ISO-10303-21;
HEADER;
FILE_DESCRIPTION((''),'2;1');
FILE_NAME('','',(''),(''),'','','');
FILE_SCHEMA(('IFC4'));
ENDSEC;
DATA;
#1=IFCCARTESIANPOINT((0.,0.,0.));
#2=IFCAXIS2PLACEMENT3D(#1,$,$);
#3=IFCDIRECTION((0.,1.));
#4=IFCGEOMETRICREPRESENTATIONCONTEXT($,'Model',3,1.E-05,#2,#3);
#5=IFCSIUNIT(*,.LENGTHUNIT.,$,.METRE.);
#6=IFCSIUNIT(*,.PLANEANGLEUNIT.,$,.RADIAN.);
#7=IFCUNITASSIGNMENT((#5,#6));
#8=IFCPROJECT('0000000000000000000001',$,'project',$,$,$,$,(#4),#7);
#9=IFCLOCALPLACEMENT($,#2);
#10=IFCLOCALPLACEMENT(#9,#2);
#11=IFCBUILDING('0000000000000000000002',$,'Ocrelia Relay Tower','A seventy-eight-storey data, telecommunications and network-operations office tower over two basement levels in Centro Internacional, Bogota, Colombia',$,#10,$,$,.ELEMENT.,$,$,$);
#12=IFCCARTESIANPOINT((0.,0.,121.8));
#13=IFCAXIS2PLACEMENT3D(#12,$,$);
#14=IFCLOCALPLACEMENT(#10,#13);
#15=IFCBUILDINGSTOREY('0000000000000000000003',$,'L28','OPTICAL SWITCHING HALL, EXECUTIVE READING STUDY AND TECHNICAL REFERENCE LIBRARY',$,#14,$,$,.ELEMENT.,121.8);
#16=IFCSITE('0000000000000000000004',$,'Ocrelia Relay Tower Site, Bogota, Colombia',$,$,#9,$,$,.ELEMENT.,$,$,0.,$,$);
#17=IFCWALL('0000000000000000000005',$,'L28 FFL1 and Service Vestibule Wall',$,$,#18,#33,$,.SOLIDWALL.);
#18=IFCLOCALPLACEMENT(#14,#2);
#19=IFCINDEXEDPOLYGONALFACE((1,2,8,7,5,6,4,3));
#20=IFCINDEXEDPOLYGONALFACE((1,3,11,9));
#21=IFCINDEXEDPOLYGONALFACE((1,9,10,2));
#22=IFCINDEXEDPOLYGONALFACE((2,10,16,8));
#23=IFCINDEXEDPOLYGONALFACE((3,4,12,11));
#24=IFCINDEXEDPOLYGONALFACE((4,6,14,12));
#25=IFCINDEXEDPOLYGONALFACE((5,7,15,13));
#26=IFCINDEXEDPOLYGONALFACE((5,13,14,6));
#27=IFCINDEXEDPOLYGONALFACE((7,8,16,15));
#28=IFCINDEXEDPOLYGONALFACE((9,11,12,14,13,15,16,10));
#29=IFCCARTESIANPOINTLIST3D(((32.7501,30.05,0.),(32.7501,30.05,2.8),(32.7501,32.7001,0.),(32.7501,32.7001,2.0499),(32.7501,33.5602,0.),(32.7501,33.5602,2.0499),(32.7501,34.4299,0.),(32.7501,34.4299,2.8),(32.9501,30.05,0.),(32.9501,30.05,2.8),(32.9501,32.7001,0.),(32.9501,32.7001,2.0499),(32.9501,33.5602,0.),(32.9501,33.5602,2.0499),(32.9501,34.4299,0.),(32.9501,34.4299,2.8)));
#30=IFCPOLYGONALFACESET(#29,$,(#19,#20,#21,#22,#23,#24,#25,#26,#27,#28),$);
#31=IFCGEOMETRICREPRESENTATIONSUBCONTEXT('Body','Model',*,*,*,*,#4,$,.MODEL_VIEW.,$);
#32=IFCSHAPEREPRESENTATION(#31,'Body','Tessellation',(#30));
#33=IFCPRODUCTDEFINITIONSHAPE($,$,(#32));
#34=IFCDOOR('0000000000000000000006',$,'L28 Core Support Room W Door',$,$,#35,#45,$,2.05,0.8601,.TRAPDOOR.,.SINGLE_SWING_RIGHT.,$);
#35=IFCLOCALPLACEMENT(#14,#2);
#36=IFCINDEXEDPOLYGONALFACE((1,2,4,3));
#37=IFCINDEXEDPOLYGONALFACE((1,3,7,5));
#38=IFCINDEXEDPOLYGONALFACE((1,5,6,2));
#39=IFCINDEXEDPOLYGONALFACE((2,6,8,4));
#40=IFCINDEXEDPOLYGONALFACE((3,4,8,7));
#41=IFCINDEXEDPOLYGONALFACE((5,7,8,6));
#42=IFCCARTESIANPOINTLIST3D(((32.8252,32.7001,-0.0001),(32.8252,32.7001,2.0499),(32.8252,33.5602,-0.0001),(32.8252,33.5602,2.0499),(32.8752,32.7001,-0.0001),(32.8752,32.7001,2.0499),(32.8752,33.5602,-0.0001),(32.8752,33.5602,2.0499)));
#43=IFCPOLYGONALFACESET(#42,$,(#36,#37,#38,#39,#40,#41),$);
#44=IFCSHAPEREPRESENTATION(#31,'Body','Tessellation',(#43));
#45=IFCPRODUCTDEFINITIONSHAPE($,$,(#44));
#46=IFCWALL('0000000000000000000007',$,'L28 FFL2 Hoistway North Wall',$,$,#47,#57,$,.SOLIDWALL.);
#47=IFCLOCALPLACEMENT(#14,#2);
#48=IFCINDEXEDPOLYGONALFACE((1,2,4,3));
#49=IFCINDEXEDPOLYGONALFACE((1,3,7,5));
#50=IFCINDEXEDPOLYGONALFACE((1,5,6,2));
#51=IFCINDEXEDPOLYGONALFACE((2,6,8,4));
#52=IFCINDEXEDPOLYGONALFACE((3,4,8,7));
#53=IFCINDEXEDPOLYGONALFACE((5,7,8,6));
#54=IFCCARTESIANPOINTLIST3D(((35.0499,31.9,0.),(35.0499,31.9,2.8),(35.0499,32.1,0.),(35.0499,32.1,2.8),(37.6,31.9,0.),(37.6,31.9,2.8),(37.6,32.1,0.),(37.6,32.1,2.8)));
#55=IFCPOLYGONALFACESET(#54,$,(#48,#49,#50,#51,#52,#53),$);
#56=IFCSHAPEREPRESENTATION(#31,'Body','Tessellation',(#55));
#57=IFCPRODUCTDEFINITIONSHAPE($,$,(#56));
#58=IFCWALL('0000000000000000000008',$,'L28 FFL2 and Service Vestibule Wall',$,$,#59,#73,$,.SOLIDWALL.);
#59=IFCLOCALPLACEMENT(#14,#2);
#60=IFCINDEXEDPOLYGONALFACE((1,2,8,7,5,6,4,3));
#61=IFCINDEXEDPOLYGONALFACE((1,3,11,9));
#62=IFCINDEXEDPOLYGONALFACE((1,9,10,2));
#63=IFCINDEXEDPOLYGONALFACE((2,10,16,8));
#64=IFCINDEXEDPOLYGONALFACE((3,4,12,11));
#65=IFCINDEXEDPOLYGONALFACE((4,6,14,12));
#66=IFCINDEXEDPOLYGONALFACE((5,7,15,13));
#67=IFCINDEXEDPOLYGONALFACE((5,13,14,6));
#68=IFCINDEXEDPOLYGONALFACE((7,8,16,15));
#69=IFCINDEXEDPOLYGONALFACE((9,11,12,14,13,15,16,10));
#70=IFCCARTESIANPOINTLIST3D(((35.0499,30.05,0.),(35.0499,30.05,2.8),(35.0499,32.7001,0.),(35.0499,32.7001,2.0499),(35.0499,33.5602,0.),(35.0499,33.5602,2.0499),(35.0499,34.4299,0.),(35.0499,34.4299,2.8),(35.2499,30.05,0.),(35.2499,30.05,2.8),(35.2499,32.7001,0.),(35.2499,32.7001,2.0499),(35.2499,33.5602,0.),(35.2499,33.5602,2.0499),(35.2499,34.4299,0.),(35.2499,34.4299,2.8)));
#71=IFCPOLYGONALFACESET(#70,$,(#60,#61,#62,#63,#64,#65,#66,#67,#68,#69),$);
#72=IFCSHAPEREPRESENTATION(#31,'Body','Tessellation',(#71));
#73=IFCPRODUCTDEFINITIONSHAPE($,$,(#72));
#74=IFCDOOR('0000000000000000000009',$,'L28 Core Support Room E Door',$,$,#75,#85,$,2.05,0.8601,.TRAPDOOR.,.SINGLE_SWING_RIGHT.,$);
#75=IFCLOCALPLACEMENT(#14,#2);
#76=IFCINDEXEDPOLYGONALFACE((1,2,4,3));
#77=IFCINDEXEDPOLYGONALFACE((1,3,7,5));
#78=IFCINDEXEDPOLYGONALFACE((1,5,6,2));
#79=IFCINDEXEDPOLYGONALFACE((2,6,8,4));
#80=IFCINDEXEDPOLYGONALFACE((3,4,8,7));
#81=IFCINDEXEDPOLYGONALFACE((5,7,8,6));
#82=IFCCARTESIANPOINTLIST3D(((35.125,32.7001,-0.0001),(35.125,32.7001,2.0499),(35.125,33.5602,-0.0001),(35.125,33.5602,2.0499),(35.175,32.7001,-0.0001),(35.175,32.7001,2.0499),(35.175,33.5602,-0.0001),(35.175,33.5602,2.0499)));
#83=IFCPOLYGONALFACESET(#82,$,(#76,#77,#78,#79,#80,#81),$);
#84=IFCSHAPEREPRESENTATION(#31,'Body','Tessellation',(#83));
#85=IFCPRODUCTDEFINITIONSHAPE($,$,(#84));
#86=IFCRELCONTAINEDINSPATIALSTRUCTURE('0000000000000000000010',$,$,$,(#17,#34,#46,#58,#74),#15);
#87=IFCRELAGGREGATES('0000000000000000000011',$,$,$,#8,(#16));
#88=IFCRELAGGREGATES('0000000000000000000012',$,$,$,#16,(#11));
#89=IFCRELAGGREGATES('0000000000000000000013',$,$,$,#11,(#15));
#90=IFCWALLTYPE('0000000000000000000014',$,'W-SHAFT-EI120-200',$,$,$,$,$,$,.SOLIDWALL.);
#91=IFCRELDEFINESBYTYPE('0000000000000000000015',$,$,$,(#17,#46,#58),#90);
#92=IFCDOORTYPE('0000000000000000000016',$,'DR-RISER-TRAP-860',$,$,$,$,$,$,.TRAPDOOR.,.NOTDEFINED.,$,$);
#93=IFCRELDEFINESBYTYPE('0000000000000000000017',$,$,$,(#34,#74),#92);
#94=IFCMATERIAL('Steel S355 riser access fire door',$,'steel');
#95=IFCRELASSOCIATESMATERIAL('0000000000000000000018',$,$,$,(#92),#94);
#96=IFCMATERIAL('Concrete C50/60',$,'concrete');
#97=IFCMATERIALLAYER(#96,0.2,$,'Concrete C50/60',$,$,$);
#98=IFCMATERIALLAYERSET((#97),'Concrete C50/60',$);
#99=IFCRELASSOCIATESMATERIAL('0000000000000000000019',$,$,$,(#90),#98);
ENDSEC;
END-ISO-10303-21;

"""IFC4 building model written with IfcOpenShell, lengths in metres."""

from ifc_helpers import new_model, si_unit, direction, frame, frame_2d, origin, place, context, subcontext, project, spatial, rectangle, extrude, material, layer, layer_set, type_object, element, fill, save


model = new_model("IFC4")

# Units and contexts
model_context = context("Model", 3, precision=1e-05, world=origin(), true_north=direction((0.0, 1.0)))
body_context = subcontext(model_context, "Body", "Model", "MODEL_VIEW")
ifc_project = project(units=[si_unit("LENGTHUNIT", "METRE"), si_unit("PLANEANGLEUNIT", "RADIAN")], contexts=[model_context])

# Site, building, storey
site_placement = place(None, origin())
site = spatial("IfcSite", under=ifc_project, at=site_placement, Name="Ocrelia Relay Tower Site, Bogota, Colombia", CompositionType="ELEMENT", RefElevation=0.0)
building_placement = place(site_placement, origin())
building = spatial("IfcBuilding", under=site, at=building_placement, Name="Ocrelia Relay Tower", Description="A seventy-eight-storey data, telecommunications and network-operations office tower over two basement levels in Centro Internacional, Bogota, Colombia", CompositionType="ELEMENT")
storey_placement = place(building_placement, frame((0.0, 0.0, 121.8)))
storey = spatial("IfcBuildingStorey", under=building, at=storey_placement, Name="L28", Description="OPTICAL SWITCHING HALL, EXECUTIVE READING STUDY AND TECHNICAL REFERENCE LIBRARY", CompositionType="ELEMENT", Elevation=121.8)

# Wall, opening, door
ifc_material_1 = material(Name="Concrete C50/60", Category="concrete")
ifc_material_2 = material(Name="Steel S355 riser access fire door", Category="steel")
door_type_1 = type_object("IfcDoorType", Name="DR-RISER-TRAP-860", OperationType="NOTDEFINED", PredefinedType="TRAPDOOR", material=ifc_material_2)
ifc_layer_1 = layer(ifc_material_1, 0.2, Name="Concrete C50/60")
ifc_layer_set_1 = layer_set([ifc_layer_1], Name="Concrete C50/60")
wall_type_1 = type_object("IfcWallType", Name="W-SHAFT-EI120-200", PredefinedType="SOLIDWALL", material=ifc_layer_set_1)
wall_1_placement = place(storey_placement, frame((32.8501, 30.05, 0.0), z_axis=(0.0, 0.0, 1.0), x_axis=(0.0, 1.0, 0.0)))
wall_1 = element("IfcWall", 1, at=wall_1_placement, inside=storey, type_object=wall_type_1, Name="L28 FFL1 and Service Vestibule Wall", PredefinedType="SOLIDWALL", context=body_context, shape_type="SweptSolid", body=[
    extrude(rectangle(XDim=4.3799, YDim=0.2, at=frame_2d((2.1899, 0.0))), origin(), (0.0, 0.0, 1.0), 2.8),
])
opening_1_placement = place(wall_1_placement, frame((2.6499, 0.0, 0.0)))
opening_1 = element("IfcOpeningElement", 2, at=opening_1_placement, cuts=wall_1, PredefinedType="OPENING", context=body_context, shape_type="SweptSolid", body=[
    extrude(rectangle(XDim=0.8601, YDim=2.05, at=frame_2d((0.4302, 1.0249))), frame((0.0, 0.1099, 0.0), z_axis=(0.0, -1.0, 0.0), x_axis=(1.0, 0.0, 0.0)), (0.0, 0.0, 1.0), 0.22),
])
door_1_placement = place(opening_1_placement, origin())
door_1 = element("IfcDoor", 3, at=door_1_placement, inside=storey, type_object=door_type_1, Name="L28 Core Support Room W Door", OperationType="SINGLE_SWING_RIGHT", OverallHeight=2.05, OverallWidth=0.8601, PredefinedType="TRAPDOOR", context=body_context, shape_type="SweptSolid", body=[
    extrude(rectangle(XDim=0.8601, YDim=2.05, at=frame_2d((0.4302, 1.0249))), frame((0.0, 0.0249, 0.0), z_axis=(0.0, -1.0, 0.0), x_axis=(1.0, 0.0, 0.0)), (0.0, 0.0, 1.0), 0.05),
])
fill(opening_1, door_1)

# Wall
wall_2_placement = place(storey_placement, frame((35.05, 32.0, 0.0), z_axis=(0.0, 0.0, 1.0), x_axis=(1.0, 0.0, 0.0)))
element("IfcWall", 4, at=wall_2_placement, inside=storey, type_object=wall_type_1, Name="L28 FFL2 Hoistway North Wall", PredefinedType="SOLIDWALL", context=body_context, shape_type="SweptSolid", body=[
    extrude(rectangle(XDim=2.55, YDim=0.2, at=frame_2d((1.2749, 0.0))), origin(), (0.0, 0.0, 1.0), 2.8),
])

# Wall, opening, door
wall_3_placement = place(storey_placement, frame((35.1499, 30.05, 0.0), z_axis=(0.0, 0.0, 1.0), x_axis=(0.0, 1.0, 0.0)))
wall_3 = element("IfcWall", 5, at=wall_3_placement, inside=storey, type_object=wall_type_1, Name="L28 FFL2 and Service Vestibule Wall", PredefinedType="SOLIDWALL", context=body_context, shape_type="SweptSolid", body=[
    extrude(rectangle(XDim=4.3799, YDim=0.2, at=frame_2d((2.1899, 0.0))), origin(), (0.0, 0.0, 1.0), 2.8),
])
opening_2_placement = place(wall_3_placement, frame((2.6499, 0.0, 0.0)))
opening_2 = element("IfcOpeningElement", 6, at=opening_2_placement, cuts=wall_3, PredefinedType="OPENING", context=body_context, shape_type="SweptSolid", body=[
    extrude(rectangle(XDim=0.8601, YDim=2.05, at=frame_2d((0.4302, 1.0249))), frame((0.0, 0.1099, 0.0), z_axis=(0.0, -1.0, 0.0), x_axis=(1.0, 0.0, 0.0)), (0.0, 0.0, 1.0), 0.22),
])
door_2_placement = place(opening_2_placement, origin())
door_2 = element("IfcDoor", 7, at=door_2_placement, inside=storey, type_object=door_type_1, Name="L28 Core Support Room E Door", OperationType="SINGLE_SWING_RIGHT", OverallHeight=2.05, OverallWidth=0.8601, PredefinedType="TRAPDOOR", context=body_context, shape_type="SweptSolid", body=[
    extrude(rectangle(XDim=0.8601, YDim=2.05, at=frame_2d((0.4302, 1.0249))), frame((0.0, 0.0249, 0.0), z_axis=(0.0, -1.0, 0.0), x_axis=(1.0, 0.0, 0.0)), (0.0, 0.0, 1.0), 0.05),
])
fill(opening_2, door_2)

save(model, "model.ifc")
